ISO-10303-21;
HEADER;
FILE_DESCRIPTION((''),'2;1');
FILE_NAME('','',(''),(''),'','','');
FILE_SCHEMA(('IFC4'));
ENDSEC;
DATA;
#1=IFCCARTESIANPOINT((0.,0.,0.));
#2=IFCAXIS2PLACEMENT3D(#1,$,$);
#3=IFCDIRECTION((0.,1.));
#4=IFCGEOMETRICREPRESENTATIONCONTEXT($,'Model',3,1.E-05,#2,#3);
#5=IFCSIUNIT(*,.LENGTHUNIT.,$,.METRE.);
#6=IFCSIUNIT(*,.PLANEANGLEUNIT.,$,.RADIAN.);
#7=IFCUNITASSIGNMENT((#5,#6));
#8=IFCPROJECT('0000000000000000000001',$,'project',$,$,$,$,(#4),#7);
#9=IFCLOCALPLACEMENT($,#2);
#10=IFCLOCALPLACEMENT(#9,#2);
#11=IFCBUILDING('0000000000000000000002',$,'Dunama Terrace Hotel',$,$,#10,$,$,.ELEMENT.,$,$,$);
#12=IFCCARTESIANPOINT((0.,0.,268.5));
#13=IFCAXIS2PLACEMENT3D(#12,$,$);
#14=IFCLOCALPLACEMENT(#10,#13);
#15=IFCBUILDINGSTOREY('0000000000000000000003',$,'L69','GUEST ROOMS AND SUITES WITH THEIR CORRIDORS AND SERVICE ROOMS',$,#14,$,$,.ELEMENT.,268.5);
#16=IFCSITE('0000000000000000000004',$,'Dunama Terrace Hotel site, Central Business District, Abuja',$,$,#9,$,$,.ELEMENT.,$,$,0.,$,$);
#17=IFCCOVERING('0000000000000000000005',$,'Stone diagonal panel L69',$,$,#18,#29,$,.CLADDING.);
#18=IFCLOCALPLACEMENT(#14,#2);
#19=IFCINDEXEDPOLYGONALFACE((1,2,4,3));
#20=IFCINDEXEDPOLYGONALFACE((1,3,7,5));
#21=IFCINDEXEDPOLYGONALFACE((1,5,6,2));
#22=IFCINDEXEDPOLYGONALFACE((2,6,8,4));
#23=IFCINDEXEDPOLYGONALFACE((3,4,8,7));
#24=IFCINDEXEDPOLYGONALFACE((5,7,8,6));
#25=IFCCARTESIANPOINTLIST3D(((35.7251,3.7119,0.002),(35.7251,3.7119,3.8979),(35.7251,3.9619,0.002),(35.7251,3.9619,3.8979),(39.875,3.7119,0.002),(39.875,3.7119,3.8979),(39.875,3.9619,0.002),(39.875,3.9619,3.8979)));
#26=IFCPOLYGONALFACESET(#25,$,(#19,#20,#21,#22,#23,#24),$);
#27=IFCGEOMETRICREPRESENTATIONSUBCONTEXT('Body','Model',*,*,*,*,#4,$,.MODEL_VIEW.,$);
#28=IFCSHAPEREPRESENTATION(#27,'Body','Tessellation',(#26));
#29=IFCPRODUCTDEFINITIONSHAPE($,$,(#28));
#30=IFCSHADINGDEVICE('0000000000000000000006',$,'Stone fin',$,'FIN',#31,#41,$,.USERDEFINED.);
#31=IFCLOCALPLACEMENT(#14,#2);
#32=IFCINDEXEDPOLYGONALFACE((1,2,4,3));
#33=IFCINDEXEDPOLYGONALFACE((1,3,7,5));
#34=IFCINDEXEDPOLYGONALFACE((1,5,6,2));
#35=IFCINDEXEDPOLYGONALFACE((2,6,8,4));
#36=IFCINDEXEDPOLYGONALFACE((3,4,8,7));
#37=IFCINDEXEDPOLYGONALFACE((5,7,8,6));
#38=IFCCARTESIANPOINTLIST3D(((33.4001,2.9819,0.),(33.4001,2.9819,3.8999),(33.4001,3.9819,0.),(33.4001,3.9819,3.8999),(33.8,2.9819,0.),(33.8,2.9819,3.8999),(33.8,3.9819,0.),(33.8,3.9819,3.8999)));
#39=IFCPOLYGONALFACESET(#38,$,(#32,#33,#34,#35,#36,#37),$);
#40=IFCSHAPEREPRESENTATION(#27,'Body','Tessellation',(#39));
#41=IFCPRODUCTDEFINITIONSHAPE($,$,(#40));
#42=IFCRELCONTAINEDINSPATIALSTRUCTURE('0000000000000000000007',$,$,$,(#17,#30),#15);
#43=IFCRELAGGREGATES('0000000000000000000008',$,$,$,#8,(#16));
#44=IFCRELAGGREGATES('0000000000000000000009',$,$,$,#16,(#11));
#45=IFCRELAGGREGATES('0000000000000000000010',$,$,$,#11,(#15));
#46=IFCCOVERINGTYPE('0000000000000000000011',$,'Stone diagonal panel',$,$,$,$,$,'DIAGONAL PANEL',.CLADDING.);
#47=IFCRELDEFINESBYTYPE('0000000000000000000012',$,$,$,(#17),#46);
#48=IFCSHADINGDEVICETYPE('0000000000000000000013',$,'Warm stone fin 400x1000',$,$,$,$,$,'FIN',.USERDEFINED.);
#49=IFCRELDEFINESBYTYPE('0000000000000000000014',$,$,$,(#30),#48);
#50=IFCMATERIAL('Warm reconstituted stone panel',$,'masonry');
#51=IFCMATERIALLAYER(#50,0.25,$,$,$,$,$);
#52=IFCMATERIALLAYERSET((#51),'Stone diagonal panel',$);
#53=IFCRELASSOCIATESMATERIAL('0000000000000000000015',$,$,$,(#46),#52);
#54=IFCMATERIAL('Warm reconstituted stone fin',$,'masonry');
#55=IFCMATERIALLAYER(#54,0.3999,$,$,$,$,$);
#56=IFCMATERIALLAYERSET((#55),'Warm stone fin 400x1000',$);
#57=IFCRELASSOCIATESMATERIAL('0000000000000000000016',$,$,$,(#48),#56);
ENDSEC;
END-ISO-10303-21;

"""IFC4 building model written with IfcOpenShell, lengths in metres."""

from ifc_helpers import new_model, si_unit, direction, frame, origin, origin_2d, place, context, subcontext, project, spatial, rectangle, extrude, material, layer, layer_set, type_object, element, save


model = new_model("IFC4")

# Units and contexts
model_context = context("Model", 3, precision=1e-05, world=origin(), true_north=direction((0.0, 1.0)))
body_context = subcontext(model_context, "Body", "Model", "MODEL_VIEW")
ifc_project = project(units=[si_unit("LENGTHUNIT", "METRE"), si_unit("PLANEANGLEUNIT", "RADIAN")], contexts=[model_context])

# Site, building, storey
site_placement = place(None, origin())
site = spatial("IfcSite", under=ifc_project, at=site_placement, Name="Dunama Terrace Hotel site, Central Business District, Abuja", CompositionType="ELEMENT", RefElevation=0.0)
building_placement = place(site_placement, origin())
building = spatial("IfcBuilding", under=site, at=building_placement, Name="Dunama Terrace Hotel", CompositionType="ELEMENT")
storey_placement = place(building_placement, frame((0.0, 0.0, 268.5)))
storey = spatial("IfcBuildingStorey", under=building, at=storey_placement, Name="L69", Description="GUEST ROOMS AND SUITES WITH THEIR CORRIDORS AND SERVICE ROOMS", CompositionType="ELEMENT", Elevation=268.5)

# Covering
ifc_material_1 = material(Name="Warm reconstituted stone panel", Category="masonry")
ifc_layer_1 = layer(ifc_material_1, 0.25)
ifc_layer_set_1 = layer_set([ifc_layer_1], Name="Stone diagonal panel")
covering_type = type_object("IfcCoveringType", Name="Stone diagonal panel", ElementType="DIAGONAL PANEL", PredefinedType="CLADDING", material=ifc_layer_set_1)
covering_placement = place(storey_placement, frame((37.8, 3.8369, 0.002), z_axis=(0.0, 0.0, 1.0), x_axis=(1.0, 0.0, 0.0)))
element("IfcCovering", 1, at=covering_placement, inside=storey, type_object=covering_type, Name="Stone diagonal panel L69", PredefinedType="CLADDING", context=body_context, shape_type="SweptSolid", body=[
    extrude(rectangle(XDim=4.1499, YDim=0.25, at=origin_2d()), origin(), (0.0, 0.0, 1.0), 3.896),
])

# Shading device
ifc_material_2 = material(Name="Warm reconstituted stone fin", Category="masonry")
ifc_layer_2 = layer(ifc_material_2, 0.3999)
ifc_layer_set_2 = layer_set([ifc_layer_2], Name="Warm stone fin 400x1000")
shading_device_type = type_object("IfcShadingDeviceType", Name="Warm stone fin 400x1000", ElementType="FIN", PredefinedType="USERDEFINED", material=ifc_layer_set_2)
shading_device_placement = place(storey_placement, frame((33.6001, 3.4819, 0.0), z_axis=(0.0, 0.0, 1.0), x_axis=(1.0, 0.0, 0.0)))
element("IfcShadingDevice", 2, at=shading_device_placement, inside=storey, type_object=shading_device_type, Name="Stone fin", ObjectType="FIN", PredefinedType="USERDEFINED", context=body_context, shape_type="SweptSolid", body=[
    extrude(rectangle(XDim=0.3999, YDim=1.0, at=origin_2d()), origin(), (0.0, 0.0, 1.0), 3.8999),
])

save(model, "model.ifc")
